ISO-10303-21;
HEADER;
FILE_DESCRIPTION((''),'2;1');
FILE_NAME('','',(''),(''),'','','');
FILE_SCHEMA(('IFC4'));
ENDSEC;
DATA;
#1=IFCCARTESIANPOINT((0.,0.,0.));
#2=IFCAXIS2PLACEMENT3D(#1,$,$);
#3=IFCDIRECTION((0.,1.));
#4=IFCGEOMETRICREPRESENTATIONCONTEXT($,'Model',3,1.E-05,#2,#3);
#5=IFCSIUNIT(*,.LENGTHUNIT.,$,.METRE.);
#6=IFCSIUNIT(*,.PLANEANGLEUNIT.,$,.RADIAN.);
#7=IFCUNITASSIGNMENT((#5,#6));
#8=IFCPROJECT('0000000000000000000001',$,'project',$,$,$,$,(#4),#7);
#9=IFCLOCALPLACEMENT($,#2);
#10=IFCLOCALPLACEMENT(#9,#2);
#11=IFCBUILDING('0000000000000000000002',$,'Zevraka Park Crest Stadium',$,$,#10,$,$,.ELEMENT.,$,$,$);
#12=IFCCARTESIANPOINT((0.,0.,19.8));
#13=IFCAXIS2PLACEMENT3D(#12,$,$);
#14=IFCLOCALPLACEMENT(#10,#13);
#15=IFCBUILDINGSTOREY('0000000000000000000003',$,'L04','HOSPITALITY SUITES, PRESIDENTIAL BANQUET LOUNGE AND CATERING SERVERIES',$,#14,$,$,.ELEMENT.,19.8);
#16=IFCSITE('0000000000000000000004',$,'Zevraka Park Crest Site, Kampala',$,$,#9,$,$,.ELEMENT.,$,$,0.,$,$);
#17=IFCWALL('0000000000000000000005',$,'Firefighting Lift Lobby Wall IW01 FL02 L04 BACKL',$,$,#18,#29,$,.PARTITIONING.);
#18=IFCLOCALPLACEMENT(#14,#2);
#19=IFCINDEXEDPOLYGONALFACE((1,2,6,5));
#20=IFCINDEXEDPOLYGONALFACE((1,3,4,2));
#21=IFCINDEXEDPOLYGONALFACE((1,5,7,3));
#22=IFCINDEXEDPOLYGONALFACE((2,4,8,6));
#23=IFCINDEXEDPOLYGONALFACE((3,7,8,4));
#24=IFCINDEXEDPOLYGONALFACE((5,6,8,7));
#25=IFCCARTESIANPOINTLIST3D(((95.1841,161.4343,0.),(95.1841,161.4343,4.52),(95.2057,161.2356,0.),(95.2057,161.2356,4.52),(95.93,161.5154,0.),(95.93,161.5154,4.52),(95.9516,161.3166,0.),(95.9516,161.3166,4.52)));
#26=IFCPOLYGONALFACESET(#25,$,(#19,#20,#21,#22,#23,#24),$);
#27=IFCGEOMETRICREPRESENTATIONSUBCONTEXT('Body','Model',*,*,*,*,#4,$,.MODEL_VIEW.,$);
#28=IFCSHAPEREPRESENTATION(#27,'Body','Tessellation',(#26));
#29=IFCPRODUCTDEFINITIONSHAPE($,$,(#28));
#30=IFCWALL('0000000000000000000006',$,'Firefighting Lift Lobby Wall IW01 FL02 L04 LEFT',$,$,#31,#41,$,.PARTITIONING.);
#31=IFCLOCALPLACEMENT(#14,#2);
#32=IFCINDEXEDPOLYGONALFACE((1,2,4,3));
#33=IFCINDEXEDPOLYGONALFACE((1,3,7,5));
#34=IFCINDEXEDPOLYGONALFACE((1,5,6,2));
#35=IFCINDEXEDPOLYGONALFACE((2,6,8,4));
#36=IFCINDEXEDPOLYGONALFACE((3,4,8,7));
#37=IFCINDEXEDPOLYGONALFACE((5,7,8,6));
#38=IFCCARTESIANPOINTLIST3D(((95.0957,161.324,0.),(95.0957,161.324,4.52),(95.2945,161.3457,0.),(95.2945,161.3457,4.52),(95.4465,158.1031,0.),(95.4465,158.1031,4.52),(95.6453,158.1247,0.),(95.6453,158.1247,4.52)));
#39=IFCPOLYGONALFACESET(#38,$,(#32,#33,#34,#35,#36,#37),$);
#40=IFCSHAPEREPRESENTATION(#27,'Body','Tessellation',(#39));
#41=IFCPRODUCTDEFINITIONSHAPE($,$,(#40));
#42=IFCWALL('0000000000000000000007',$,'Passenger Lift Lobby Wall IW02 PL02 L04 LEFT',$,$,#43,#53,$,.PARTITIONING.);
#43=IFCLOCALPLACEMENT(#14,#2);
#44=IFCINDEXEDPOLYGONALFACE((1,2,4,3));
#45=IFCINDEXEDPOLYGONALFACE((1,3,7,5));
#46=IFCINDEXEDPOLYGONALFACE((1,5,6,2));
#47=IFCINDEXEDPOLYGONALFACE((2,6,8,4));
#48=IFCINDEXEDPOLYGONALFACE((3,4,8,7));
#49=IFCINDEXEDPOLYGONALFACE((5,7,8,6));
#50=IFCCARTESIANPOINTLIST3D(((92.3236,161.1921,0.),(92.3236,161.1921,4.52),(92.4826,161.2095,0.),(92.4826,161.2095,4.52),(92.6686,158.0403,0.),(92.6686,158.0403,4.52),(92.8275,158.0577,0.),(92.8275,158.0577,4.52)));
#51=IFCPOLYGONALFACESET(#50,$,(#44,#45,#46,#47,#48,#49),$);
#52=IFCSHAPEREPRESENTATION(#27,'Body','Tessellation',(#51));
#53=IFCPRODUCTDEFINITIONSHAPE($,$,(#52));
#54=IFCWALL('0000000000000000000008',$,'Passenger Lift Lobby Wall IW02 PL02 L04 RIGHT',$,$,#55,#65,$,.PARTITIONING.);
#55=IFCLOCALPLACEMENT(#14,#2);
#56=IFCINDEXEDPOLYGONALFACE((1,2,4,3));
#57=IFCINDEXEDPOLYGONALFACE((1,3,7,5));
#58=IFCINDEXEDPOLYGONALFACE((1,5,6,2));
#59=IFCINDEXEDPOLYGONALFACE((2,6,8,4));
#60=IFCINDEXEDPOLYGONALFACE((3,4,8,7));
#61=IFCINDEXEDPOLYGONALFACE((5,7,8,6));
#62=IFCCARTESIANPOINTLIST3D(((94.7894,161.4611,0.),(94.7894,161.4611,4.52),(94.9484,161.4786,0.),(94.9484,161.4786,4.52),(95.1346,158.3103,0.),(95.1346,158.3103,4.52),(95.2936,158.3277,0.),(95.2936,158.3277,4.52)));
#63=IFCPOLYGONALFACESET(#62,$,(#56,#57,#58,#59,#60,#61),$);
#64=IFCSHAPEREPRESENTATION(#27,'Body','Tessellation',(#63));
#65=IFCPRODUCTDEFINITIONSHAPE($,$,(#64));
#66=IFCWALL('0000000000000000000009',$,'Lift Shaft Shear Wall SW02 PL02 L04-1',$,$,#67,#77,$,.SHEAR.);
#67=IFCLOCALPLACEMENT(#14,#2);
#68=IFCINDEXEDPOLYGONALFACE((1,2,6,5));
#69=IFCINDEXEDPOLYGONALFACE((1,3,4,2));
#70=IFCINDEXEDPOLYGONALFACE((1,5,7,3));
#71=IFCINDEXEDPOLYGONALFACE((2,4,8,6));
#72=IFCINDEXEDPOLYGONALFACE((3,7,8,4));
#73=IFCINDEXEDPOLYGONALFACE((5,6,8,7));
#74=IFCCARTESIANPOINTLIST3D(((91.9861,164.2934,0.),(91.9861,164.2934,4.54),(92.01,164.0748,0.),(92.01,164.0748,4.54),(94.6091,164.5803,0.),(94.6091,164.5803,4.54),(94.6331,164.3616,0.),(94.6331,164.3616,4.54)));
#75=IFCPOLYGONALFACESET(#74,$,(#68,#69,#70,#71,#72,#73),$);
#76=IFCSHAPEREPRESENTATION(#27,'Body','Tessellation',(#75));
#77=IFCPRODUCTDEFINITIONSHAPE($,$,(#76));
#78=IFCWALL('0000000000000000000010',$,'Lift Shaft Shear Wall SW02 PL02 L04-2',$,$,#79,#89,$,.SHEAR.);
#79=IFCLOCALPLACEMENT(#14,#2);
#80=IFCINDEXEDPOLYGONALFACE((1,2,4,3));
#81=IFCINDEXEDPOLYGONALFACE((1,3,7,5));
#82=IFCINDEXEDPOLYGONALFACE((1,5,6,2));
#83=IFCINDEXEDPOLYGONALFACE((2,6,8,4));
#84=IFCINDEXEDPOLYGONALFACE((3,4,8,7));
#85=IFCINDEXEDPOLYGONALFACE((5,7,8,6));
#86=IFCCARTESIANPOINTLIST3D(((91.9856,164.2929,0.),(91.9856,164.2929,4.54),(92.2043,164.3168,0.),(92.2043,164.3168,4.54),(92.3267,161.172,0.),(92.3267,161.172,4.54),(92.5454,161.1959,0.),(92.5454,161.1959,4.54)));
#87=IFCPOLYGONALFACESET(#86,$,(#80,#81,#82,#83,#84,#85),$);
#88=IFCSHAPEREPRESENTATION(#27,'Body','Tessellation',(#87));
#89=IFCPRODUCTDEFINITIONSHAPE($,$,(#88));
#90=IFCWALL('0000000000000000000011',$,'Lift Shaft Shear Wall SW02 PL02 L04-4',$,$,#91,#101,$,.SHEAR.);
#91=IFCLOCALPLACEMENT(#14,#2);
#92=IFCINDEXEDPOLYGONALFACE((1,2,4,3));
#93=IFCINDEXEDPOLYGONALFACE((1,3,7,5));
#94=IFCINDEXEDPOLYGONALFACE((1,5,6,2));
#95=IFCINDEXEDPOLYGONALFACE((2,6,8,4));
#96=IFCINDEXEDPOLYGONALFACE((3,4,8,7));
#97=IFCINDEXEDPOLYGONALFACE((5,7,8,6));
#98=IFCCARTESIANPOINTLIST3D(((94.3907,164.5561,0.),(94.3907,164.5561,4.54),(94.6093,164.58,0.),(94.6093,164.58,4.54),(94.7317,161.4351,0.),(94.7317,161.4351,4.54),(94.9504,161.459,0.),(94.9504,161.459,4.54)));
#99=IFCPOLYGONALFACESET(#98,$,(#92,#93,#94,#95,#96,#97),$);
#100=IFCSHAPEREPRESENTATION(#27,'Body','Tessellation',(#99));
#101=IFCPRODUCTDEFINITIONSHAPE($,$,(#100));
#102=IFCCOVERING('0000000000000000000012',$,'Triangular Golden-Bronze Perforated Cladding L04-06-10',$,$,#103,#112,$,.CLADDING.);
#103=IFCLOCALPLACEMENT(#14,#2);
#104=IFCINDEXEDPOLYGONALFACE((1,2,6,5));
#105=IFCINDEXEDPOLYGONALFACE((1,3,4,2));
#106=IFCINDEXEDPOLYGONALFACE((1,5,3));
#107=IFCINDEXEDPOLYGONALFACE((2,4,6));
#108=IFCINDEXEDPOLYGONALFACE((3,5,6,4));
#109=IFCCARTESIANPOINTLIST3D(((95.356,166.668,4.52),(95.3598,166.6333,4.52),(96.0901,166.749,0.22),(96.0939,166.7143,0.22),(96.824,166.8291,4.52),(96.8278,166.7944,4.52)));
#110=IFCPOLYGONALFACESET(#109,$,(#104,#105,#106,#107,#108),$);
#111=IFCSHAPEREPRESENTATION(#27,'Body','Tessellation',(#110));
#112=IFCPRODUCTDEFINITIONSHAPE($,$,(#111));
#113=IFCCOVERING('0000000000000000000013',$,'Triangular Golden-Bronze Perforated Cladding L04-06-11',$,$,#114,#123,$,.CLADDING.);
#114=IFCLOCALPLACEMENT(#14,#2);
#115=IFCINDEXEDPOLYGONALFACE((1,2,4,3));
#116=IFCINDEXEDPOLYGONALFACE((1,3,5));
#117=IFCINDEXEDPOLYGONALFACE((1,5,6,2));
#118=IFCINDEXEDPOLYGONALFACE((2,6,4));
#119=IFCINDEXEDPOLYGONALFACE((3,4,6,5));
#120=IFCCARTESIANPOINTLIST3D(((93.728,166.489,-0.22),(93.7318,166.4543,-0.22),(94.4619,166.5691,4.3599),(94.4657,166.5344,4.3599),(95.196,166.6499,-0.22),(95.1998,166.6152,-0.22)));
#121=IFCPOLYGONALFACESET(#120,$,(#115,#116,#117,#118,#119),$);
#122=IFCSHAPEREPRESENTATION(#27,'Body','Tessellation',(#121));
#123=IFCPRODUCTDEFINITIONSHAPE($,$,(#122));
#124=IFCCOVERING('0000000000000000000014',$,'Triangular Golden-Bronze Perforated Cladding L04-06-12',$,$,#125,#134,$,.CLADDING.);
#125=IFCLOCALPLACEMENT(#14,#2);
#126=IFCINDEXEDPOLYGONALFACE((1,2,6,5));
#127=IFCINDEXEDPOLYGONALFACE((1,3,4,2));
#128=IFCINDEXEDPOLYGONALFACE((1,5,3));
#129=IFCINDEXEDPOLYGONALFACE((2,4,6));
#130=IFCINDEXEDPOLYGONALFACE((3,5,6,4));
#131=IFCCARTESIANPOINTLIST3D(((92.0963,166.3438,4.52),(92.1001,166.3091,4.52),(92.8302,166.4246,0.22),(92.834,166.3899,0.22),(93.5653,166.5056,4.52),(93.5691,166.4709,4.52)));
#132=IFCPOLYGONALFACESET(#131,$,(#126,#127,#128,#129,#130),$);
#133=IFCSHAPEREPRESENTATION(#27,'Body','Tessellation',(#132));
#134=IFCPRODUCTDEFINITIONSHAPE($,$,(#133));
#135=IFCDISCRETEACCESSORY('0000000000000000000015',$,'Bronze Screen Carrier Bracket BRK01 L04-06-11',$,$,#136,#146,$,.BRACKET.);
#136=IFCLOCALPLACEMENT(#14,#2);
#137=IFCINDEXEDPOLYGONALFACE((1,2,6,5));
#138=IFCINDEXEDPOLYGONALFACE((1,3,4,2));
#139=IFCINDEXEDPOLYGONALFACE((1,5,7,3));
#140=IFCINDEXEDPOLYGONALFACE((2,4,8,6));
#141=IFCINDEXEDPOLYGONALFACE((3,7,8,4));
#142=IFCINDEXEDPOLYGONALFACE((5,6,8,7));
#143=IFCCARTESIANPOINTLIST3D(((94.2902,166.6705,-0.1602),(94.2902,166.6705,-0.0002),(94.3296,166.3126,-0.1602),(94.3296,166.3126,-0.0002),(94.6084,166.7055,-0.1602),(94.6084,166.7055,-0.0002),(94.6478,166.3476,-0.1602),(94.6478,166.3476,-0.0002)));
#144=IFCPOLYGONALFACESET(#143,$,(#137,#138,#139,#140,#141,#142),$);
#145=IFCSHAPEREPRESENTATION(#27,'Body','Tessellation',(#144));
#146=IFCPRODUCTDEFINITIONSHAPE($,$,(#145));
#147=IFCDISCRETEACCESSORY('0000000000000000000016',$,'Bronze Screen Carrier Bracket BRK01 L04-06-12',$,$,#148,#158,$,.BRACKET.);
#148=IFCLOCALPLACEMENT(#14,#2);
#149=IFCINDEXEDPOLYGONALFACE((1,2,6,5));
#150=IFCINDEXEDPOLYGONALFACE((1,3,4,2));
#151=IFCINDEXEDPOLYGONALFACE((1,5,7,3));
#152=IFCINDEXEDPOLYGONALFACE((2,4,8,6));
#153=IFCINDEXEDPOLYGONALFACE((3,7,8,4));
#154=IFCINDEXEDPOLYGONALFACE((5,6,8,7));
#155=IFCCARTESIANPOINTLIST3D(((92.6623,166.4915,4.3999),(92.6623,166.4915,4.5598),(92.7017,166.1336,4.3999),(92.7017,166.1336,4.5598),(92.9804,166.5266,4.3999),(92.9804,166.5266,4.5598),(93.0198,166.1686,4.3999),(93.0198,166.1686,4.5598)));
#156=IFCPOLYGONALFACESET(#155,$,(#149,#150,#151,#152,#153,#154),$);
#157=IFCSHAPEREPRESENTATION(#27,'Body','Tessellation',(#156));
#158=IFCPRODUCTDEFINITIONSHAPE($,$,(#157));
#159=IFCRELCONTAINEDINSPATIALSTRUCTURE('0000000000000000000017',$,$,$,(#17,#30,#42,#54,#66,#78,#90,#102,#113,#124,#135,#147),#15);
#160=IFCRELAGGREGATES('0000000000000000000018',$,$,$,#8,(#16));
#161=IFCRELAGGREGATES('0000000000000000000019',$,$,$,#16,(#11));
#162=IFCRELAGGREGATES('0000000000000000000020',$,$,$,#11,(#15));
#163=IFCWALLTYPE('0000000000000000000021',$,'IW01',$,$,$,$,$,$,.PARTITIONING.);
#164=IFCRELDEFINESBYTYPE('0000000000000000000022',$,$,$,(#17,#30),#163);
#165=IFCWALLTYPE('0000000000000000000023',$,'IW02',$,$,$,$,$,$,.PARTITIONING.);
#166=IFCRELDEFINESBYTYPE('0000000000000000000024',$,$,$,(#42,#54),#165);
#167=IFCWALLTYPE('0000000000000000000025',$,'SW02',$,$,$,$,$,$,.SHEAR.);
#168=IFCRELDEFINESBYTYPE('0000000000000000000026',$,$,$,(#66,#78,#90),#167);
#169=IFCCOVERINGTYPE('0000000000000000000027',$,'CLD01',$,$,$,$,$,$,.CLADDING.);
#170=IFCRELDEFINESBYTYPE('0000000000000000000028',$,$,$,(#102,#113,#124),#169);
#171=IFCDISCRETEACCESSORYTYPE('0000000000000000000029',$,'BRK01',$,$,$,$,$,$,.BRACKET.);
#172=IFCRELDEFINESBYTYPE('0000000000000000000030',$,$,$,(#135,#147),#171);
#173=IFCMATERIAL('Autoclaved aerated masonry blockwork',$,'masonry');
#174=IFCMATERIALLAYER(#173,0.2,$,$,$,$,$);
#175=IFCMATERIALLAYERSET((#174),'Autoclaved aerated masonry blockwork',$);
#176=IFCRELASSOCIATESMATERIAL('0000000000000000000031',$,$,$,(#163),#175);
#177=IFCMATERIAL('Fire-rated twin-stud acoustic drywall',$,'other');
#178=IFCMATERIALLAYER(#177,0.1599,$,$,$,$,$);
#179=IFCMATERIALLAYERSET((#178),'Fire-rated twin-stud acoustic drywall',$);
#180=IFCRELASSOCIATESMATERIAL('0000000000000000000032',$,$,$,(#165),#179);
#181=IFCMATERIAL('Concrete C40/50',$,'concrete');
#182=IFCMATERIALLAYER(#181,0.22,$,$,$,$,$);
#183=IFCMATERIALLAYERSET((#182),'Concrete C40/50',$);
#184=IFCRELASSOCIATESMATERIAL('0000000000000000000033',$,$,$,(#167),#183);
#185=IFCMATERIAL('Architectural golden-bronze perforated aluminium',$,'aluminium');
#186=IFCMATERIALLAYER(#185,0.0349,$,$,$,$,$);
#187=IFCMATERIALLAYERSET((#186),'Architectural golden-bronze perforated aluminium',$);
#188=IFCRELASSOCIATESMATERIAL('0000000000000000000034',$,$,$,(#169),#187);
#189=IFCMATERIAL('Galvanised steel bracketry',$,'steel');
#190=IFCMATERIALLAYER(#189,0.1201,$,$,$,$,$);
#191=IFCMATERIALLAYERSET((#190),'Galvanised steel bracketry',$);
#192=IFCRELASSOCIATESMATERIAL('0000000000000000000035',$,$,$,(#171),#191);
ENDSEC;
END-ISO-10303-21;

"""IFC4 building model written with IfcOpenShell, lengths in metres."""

from ifc_helpers import new_model, si_unit, direction, frame, frame_2d, origin, origin_2d, place, context, subcontext, project, spatial, polyline, rectangle, outline, extrude, material, layer, layer_set, type_object, element, save


model = new_model("IFC4")

# Units and contexts
model_context = context("Model", 3, precision=1e-05, world=origin(), true_north=direction((0.0, 1.0)))
body_context = subcontext(model_context, "Body", "Model", "MODEL_VIEW")
ifc_project = project(units=[si_unit("LENGTHUNIT", "METRE"), si_unit("PLANEANGLEUNIT", "RADIAN")], contexts=[model_context])

# Site, building, storey
site_placement = place(None, origin())
site = spatial("IfcSite", under=ifc_project, at=site_placement, Name="Zevraka Park Crest Site, Kampala", CompositionType="ELEMENT", RefElevation=0.0)
building_placement = place(site_placement, origin())
building = spatial("IfcBuilding", under=site, at=building_placement, Name="Zevraka Park Crest Stadium", CompositionType="ELEMENT")
storey_placement = place(building_placement, frame((0.0, 0.0, 19.8)))
storey = spatial("IfcBuildingStorey", under=building, at=storey_placement, Name="L04", Description="HOSPITALITY SUITES, PRESIDENTIAL BANQUET LOUNGE AND CATERING SERVERIES", CompositionType="ELEMENT", Elevation=19.8)

# Walls
ifc_material_1 = material(Name="Autoclaved aerated masonry blockwork", Category="masonry")
ifc_layer_1 = layer(ifc_material_1, 0.2)
ifc_layer_set_1 = layer_set([ifc_layer_1], Name="Autoclaved aerated masonry blockwork")
wall_type_1 = type_object("IfcWallType", Name="IW01", PredefinedType="PARTITIONING", material=ifc_layer_set_1)
wall_1_placement = place(storey_placement, frame((95.1951, 161.335, 0.0), z_axis=(0.0, 0.0, 1.0), x_axis=(0.994147, 0.108038, 0.0)))
element("IfcWall", 1, at=wall_1_placement, inside=storey, type_object=wall_type_1, Name="Firefighting Lift Lobby Wall IW01 FL02 L04 BACKL", PredefinedType="PARTITIONING", context=body_context, shape_type="SweptSolid", body=[
    extrude(rectangle(XDim=0.7502, YDim=0.2, at=frame_2d((0.375, 0.0))), origin(), (0.0, 0.0, 1.0), 4.52),
])
wall_2_placement = place(storey_placement, frame((95.1951, 161.335, 0.0), z_axis=(0.0, 0.0, 1.0), x_axis=(0.108281, -0.99412, 0.0)))
element("IfcWall", 2, at=wall_2_placement, inside=storey, type_object=wall_type_1, Name="Firefighting Lift Lobby Wall IW01 FL02 L04 LEFT", PredefinedType="PARTITIONING", context=body_context, shape_type="SweptSolid", body=[
    extrude(rectangle(XDim=3.24, YDim=0.2, at=frame_2d((1.6201, 0.0))), origin(), (0.0, 0.0, 1.0), 4.52),
])
ifc_material_2 = material(Name="Fire-rated twin-stud acoustic drywall", Category="other")
ifc_layer_2 = layer(ifc_material_2, 0.1599)
ifc_layer_set_2 = layer_set([ifc_layer_2], Name="Fire-rated twin-stud acoustic drywall")
wall_type_2 = type_object("IfcWallType", Name="IW02", PredefinedType="PARTITIONING", material=ifc_layer_set_2)
wall_3_placement = place(storey_placement, frame((92.4031, 161.2009, 0.0), z_axis=(0.0, 0.0, 1.0), x_axis=(0.1088, -0.994064, 0.0)))
element("IfcWall", 3, at=wall_3_placement, inside=storey, type_object=wall_type_2, Name="Passenger Lift Lobby Wall IW02 PL02 L04 LEFT", PredefinedType="PARTITIONING", context=body_context, shape_type="SweptSolid", body=[
    extrude(rectangle(XDim=3.1707, YDim=0.1599, at=frame_2d((1.5854, 0.0))), origin(), (0.0, 0.0, 1.0), 4.52),
])
wall_4_placement = place(storey_placement, frame((94.8689, 161.47, 0.0), z_axis=(0.0, 0.0, 1.0), x_axis=(0.10891, -0.994052, 0.0)))
element("IfcWall", 4, at=wall_4_placement, inside=storey, type_object=wall_type_2, Name="Passenger Lift Lobby Wall IW02 PL02 L04 RIGHT", PredefinedType="PARTITIONING", context=body_context, shape_type="SweptSolid", body=[
    extrude(rectangle(XDim=3.1697, YDim=0.1599, at=frame_2d((1.585, 0.0))), origin(), (0.0, 0.0, 1.0), 4.52),
])
ifc_material_3 = material(Name="Concrete C40/50", Category="concrete")
ifc_layer_3 = layer(ifc_material_3, 0.22)
ifc_layer_set_3 = layer_set([ifc_layer_3], Name="Concrete C40/50")
wall_type_3 = type_object("IfcWallType", Name="SW02", PredefinedType="SHEAR", material=ifc_layer_set_3)
wall_5_placement = place(storey_placement, frame((94.6211, 164.4709, 0.0), z_axis=(0.0, 0.0, 1.0), x_axis=(-0.994073, -0.108715, 0.0)))
element("IfcWall", 5, at=wall_5_placement, inside=storey, type_object=wall_type_3, Name="Lift Shaft Shear Wall SW02 PL02 L04-1", PredefinedType="SHEAR", context=body_context, shape_type="SweptSolid", body=[
    extrude(rectangle(XDim=2.6387, YDim=0.22, at=frame_2d((1.3193, 0.0))), origin(), (0.0, 0.0, 1.0), 4.54),
])
wall_6_placement = place(storey_placement, frame((92.095, 164.3049, 0.0), z_axis=(0.0, 0.0, 1.0), x_axis=(0.108639, -0.994081, 0.0)))
element("IfcWall", 6, at=wall_6_placement, inside=storey, type_object=wall_type_3, Name="Lift Shaft Shear Wall SW02 PL02 L04-2", PredefinedType="SHEAR", context=body_context, shape_type="SweptSolid", body=[
    extrude(rectangle(XDim=3.1394, YDim=0.22, at=frame_2d((1.5698, 0.0))), origin(), (0.0, 0.0, 1.0), 4.54),
])

# Wall
wall_7_placement = place(storey_placement, frame((94.8411, 161.447, 0.0), z_axis=(0.0, 0.0, 1.0), x_axis=(-0.108631, 0.994082, 0.0)))
element("IfcWall", 7, at=wall_7_placement, inside=storey, type_object=wall_type_3, Name="Lift Shaft Shear Wall SW02 PL02 L04-4", PredefinedType="SHEAR", context=body_context, shape_type="SweptSolid", body=[
    extrude(rectangle(XDim=3.1396, YDim=0.22, at=frame_2d((1.5698, 0.0))), origin(), (0.0, 0.0, 1.0), 4.54),
])

# Coverings
ifc_material_4 = material(Name="Architectural golden-bronze perforated aluminium", Category="aluminium")
ifc_layer_4 = layer(ifc_material_4, 0.0349)
ifc_layer_set_4 = layer_set([ifc_layer_4], Name="Architectural golden-bronze perforated aluminium")
covering_type = type_object("IfcCoveringType", Name="CLD01", PredefinedType="CLADDING", material=ifc_layer_set_4)
covering_1_placement = place(storey_placement, frame((95.356, 166.668, 4.52), z_axis=(-0.109107, 0.99403, 0.00011), x_axis=(0.99403, 0.109107, 0.0)))
element("IfcCovering", 8, at=covering_1_placement, inside=storey, type_object=covering_type, Name="Triangular Golden-Bronze Perforated Cladding L04-06-10", PredefinedType="CLADDING", context=body_context, shape_type="SweptSolid", body=[
    extrude(outline(polyline([(0.0, 0.0), (1.4768, 0.0), (0.7386, 4.3), (0.0, 0.0)])), origin(), (0.0, 0.0, -1.0), 0.0349),
])
covering_2_placement = place(storey_placement, frame((95.196, 166.6499, -0.22), z_axis=(-0.108944, 0.994048, 0.000077), x_axis=(-0.994048, -0.108944, 0.0)))
element("IfcCovering", 9, at=covering_2_placement, inside=storey, type_object=covering_type, Name="Triangular Golden-Bronze Perforated Cladding L04-06-11", PredefinedType="CLADDING", context=body_context, shape_type="SweptSolid", body=[
    extrude(outline(polyline([(0.0, 0.0), (1.4768, 0.0), (0.7386, 4.5798), (0.0, 0.0)])), origin(), (0.0, 0.0, -1.0), 0.0349),
])
covering_3_placement = place(storey_placement, frame((92.1001, 166.3091, 4.52), z_axis=(0.109525, -0.993984, 0.000013), x_axis=(0.993984, 0.109525, 0.0)))
element("IfcCovering", 10, at=covering_3_placement, inside=storey, type_object=covering_type, Name="Triangular Golden-Bronze Perforated Cladding L04-06-12", PredefinedType="CLADDING", context=body_context, shape_type="SweptSolid", body=[
    extrude(outline(polyline([(0.0, 0.0), (1.4779, 0.0), (0.7383, -4.3), (0.0, 0.0)])), origin(), (0.0, 0.0, -1.0), 0.0349),
])

# Discrete accessories
ifc_material_5 = material(Name="Galvanised steel bracketry", Category="steel")
ifc_layer_5 = layer(ifc_material_5, 0.1201)
ifc_layer_set_5 = layer_set([ifc_layer_5], Name="Galvanised steel bracketry")
discrete_accessory_type = type_object("IfcDiscreteAccessoryType", Name="BRK01", PredefinedType="BRACKET", material=ifc_layer_set_5)
for number, where, z_axis, x_axis, name in (
    (11, (94.469, 166.509, -0.1602), (0.0, 0.0, 1.0), (-0.993999, -0.109387, 0.0), "Bronze Screen Carrier Bracket BRK01 L04-06-11"),
    (12, (92.8411, 166.3301, 4.3999), (0.0, 0.0, 1.0), (-0.993999, -0.109387, 0.0), "Bronze Screen Carrier Bracket BRK01 L04-06-12"),
):
    element("IfcDiscreteAccessory", number, at=place(storey_placement, frame(where, z_axis=z_axis, x_axis=x_axis)), inside=storey, type_object=discrete_accessory_type, Name=name, PredefinedType="BRACKET", context=body_context, shape_type="SweptSolid", body=[
        extrude(rectangle(XDim=0.3201, YDim=0.3601, at=origin_2d()), origin(), (0.0, 0.0, 1.0), 0.1599),
    ])

save(model, "model.ifc")
